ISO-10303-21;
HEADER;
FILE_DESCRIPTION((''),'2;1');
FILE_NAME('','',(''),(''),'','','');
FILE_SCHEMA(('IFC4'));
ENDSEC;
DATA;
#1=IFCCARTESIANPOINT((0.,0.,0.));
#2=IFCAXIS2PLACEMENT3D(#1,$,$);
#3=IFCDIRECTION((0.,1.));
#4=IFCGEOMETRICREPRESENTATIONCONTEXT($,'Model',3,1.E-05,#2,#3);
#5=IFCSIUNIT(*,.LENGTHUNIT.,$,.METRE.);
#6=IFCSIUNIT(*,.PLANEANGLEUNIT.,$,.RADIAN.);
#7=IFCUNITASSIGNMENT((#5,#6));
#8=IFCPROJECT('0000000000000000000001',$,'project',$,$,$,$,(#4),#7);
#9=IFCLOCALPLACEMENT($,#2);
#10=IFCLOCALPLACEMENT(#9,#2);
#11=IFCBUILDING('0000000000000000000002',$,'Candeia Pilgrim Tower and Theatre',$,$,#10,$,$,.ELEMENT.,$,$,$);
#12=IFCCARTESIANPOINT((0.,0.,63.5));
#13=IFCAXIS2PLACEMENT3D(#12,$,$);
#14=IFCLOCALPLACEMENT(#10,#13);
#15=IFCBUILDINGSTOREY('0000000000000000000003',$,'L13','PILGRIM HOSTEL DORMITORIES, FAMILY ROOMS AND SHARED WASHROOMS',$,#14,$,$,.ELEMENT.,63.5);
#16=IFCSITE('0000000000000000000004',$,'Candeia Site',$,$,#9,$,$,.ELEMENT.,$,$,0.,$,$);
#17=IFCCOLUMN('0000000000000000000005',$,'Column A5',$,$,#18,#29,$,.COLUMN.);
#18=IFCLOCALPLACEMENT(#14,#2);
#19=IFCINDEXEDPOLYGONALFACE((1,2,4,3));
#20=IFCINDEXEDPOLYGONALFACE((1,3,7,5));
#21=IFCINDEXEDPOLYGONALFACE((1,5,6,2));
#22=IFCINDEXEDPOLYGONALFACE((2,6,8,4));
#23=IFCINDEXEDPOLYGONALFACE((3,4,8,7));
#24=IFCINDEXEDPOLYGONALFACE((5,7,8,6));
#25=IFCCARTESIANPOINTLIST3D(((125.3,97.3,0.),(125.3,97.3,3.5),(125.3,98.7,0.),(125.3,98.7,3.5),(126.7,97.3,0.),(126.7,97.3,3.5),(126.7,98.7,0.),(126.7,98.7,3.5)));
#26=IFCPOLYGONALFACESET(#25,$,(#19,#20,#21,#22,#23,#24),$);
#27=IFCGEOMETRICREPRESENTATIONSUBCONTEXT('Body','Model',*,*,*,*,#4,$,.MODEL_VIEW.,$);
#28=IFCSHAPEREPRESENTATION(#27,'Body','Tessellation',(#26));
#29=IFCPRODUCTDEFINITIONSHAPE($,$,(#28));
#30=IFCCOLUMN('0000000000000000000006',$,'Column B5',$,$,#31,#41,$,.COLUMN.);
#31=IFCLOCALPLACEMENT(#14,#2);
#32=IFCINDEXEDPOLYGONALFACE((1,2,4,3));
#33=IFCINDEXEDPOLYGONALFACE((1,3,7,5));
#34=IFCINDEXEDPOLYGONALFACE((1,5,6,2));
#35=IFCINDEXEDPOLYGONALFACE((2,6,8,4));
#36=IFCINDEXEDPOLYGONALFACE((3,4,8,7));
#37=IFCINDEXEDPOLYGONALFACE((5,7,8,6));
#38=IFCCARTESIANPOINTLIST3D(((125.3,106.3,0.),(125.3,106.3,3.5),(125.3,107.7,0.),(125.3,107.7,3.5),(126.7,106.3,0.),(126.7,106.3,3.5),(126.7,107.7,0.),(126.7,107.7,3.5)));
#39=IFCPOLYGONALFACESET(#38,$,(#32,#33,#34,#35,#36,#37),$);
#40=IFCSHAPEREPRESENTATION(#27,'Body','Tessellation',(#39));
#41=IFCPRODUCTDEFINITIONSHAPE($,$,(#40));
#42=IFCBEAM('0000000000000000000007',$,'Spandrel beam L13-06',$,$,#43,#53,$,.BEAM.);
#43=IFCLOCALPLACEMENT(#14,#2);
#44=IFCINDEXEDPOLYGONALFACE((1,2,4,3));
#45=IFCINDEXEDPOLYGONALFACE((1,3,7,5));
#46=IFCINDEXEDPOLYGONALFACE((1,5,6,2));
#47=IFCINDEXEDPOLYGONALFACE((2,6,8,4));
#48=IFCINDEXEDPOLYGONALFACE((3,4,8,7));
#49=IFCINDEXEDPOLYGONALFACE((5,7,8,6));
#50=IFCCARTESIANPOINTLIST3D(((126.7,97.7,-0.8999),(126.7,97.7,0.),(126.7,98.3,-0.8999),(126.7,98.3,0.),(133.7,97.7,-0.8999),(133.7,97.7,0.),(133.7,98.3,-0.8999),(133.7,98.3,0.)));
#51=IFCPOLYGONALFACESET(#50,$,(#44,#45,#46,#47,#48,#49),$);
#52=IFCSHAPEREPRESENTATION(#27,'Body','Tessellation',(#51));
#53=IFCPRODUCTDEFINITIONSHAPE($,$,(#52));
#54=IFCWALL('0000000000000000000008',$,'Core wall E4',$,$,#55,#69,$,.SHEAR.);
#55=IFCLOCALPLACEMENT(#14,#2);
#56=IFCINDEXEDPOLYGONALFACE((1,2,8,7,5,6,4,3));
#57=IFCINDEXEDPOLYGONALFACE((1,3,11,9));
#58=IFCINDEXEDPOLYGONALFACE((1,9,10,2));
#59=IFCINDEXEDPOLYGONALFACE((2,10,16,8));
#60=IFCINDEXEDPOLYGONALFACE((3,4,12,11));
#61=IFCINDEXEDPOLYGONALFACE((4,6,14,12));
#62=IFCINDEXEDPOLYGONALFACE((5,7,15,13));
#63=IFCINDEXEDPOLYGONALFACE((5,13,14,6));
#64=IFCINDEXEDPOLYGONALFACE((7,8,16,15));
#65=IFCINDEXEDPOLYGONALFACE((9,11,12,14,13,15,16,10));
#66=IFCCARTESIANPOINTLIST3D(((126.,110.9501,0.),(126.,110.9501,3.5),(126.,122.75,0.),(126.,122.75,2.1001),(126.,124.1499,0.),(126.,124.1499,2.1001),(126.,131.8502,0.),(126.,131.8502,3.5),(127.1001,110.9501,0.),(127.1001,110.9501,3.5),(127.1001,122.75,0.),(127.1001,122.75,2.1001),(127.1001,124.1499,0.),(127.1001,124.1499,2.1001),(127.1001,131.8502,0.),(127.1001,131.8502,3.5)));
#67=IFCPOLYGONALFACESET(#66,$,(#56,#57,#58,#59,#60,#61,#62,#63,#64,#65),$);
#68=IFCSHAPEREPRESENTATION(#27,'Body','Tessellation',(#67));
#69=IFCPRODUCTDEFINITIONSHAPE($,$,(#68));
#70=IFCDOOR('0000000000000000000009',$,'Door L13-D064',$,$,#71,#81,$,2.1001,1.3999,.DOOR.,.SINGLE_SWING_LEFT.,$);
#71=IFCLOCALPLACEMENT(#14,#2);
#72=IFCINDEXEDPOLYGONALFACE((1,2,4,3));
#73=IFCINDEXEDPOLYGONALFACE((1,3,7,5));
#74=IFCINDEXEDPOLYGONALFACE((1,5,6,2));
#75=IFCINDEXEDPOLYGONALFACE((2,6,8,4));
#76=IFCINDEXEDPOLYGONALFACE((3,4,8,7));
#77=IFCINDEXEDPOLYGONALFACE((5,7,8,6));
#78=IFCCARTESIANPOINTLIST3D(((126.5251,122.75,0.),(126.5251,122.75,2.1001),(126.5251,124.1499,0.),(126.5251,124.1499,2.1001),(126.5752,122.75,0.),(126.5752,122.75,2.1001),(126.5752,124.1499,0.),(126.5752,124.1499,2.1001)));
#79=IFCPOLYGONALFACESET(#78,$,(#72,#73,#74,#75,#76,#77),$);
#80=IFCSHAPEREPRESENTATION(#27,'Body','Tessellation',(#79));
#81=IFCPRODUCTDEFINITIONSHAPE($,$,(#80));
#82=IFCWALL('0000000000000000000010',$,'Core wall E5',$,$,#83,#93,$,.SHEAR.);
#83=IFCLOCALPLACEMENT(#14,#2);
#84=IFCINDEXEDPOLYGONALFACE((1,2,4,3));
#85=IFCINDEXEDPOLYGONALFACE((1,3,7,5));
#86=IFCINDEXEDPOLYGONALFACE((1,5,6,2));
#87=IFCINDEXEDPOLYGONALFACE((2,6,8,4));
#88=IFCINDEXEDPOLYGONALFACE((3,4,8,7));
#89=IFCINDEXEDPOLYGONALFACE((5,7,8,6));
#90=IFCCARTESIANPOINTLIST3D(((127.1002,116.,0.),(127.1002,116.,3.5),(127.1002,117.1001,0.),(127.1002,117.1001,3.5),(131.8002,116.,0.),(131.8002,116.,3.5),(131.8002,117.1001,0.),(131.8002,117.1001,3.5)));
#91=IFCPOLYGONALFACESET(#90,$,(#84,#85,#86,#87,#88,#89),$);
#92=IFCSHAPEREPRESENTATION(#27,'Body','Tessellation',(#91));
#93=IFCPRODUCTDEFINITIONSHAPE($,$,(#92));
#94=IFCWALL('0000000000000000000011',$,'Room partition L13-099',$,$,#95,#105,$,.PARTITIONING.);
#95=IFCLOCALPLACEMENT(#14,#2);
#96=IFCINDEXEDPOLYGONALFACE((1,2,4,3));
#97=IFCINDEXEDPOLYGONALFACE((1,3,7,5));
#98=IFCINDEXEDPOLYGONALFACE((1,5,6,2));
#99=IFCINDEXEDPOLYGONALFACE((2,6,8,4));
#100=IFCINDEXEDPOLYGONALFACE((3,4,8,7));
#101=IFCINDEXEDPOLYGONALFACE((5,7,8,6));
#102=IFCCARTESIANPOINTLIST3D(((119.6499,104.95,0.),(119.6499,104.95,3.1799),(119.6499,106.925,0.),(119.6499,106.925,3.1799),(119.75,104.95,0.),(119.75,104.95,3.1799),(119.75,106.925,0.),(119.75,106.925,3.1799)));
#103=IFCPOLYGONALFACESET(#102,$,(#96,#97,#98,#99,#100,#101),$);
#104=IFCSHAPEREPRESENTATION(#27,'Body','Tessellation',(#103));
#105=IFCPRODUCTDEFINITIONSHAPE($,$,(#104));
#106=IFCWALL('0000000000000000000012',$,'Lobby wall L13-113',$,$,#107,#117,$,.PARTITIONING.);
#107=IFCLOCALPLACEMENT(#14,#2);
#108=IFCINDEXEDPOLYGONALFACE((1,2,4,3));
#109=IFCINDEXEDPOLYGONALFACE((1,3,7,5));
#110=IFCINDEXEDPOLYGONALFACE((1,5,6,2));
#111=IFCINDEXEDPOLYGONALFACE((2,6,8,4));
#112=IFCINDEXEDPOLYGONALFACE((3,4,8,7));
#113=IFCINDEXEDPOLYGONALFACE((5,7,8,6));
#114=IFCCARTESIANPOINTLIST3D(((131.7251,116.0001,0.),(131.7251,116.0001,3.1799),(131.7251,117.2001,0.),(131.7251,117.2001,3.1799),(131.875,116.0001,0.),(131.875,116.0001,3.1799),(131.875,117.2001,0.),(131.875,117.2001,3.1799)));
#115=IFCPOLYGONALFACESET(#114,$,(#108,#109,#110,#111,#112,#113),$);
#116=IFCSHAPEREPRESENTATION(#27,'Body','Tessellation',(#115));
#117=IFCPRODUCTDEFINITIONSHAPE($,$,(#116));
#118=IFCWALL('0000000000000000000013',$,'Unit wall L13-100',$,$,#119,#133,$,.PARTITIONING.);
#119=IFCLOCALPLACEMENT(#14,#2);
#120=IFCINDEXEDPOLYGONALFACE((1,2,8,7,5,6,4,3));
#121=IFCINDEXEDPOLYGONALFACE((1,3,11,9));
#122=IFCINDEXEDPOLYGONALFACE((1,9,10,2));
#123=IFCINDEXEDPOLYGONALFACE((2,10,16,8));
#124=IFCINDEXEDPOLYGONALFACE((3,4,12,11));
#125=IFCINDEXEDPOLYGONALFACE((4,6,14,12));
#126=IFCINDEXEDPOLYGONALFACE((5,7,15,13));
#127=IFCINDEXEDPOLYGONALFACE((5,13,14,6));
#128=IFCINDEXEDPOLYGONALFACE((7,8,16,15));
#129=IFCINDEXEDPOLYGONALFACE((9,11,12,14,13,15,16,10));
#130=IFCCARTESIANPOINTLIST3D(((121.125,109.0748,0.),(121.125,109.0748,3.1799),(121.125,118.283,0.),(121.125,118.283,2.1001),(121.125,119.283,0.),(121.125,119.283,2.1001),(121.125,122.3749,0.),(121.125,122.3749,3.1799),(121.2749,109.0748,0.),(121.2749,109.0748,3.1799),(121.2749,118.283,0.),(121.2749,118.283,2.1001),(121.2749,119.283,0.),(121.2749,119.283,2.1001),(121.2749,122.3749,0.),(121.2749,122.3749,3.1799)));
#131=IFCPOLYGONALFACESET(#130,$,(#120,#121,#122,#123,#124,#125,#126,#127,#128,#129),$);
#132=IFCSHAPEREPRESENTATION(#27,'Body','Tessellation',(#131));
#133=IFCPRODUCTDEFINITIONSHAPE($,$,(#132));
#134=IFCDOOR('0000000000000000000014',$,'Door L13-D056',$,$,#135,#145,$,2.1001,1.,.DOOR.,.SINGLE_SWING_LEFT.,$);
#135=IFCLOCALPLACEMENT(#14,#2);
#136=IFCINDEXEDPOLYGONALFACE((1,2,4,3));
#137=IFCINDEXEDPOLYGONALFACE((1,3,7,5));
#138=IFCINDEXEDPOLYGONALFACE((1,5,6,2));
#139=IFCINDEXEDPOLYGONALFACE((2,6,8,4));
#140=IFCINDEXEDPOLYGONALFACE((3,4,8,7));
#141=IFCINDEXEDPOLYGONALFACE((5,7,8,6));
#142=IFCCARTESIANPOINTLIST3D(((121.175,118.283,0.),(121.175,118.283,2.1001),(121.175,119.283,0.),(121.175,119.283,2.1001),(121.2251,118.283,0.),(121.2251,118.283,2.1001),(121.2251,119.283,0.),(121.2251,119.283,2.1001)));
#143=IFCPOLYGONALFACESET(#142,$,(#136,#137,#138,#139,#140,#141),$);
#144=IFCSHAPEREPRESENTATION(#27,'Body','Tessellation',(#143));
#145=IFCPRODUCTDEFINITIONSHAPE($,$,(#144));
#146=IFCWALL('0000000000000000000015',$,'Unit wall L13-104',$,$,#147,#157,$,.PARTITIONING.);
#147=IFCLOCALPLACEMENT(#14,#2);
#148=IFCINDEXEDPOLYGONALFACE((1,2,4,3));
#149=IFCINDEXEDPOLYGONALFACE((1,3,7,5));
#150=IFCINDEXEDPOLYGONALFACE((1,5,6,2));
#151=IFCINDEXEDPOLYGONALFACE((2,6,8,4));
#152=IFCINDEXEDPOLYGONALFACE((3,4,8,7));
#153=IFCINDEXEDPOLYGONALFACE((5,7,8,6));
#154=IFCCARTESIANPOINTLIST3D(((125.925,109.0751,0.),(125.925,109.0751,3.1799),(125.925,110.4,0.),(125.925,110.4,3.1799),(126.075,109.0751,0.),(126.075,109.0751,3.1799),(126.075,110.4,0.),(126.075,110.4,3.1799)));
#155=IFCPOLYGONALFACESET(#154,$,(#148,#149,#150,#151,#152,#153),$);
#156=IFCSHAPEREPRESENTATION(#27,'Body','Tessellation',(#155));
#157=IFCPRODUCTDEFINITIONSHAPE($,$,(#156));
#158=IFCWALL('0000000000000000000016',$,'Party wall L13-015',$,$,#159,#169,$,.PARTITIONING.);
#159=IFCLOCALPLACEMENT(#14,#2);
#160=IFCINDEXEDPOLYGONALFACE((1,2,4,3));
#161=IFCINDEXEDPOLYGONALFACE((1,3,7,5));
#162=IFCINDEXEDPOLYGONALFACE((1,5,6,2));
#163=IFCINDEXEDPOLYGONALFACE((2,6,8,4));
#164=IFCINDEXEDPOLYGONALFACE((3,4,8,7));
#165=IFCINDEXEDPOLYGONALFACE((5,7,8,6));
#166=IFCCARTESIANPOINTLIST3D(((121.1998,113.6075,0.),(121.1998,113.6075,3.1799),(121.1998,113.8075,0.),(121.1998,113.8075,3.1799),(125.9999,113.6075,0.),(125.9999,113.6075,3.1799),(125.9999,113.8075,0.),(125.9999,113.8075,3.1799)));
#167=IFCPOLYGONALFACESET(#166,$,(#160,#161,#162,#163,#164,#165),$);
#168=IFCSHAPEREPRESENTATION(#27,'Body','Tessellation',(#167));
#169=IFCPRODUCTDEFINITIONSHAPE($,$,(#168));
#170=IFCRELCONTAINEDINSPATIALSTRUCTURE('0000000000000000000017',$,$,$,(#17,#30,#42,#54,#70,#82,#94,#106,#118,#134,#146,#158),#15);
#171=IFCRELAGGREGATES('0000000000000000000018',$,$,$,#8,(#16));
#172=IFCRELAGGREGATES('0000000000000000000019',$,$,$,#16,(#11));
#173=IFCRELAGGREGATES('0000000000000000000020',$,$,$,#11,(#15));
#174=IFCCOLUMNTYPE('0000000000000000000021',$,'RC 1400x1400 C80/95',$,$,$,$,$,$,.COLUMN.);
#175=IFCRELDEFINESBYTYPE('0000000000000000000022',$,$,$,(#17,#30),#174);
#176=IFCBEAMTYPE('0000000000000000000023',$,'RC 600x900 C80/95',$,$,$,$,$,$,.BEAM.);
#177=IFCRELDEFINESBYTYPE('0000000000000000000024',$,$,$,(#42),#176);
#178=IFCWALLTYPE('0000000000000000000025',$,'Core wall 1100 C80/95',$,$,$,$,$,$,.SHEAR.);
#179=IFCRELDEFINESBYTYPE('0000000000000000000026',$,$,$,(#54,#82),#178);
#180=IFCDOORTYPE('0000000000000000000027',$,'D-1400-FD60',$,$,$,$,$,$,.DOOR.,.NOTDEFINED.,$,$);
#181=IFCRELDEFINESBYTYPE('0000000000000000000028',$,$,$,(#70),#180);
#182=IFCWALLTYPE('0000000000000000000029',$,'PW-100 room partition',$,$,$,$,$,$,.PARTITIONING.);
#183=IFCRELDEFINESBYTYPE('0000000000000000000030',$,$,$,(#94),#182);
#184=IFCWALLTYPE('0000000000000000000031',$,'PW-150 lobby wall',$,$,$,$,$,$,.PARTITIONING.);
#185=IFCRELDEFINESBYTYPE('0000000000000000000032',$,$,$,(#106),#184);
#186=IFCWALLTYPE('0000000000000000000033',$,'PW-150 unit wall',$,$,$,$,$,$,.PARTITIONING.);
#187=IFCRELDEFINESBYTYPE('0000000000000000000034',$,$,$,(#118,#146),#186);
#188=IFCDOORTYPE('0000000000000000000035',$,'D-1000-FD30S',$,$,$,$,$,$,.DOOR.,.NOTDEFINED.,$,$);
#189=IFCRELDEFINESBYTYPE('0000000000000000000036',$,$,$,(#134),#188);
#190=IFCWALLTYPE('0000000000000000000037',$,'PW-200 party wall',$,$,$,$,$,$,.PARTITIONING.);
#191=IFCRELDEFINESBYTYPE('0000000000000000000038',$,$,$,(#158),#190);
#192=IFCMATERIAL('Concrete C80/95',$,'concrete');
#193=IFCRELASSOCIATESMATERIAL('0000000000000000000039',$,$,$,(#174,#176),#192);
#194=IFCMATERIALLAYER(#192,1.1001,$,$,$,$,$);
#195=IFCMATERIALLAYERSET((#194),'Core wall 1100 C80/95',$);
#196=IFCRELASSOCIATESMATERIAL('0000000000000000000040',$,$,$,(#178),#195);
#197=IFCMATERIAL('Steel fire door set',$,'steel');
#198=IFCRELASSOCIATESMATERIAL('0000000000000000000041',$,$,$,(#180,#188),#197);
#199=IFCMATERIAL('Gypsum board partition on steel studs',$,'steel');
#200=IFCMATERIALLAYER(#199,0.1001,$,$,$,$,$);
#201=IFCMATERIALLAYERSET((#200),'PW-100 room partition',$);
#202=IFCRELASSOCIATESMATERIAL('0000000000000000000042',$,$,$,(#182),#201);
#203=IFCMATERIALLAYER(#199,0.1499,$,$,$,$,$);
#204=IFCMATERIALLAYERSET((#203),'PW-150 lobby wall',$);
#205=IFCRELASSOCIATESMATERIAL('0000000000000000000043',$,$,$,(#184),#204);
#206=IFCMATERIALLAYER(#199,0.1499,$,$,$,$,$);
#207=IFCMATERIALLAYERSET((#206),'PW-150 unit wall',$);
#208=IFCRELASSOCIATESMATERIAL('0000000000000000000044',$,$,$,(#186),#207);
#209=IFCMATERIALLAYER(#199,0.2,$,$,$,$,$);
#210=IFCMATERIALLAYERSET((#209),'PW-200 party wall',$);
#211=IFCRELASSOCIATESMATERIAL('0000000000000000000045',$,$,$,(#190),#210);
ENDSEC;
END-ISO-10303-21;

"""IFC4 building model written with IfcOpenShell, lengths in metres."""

from ifc_helpers import new_model, si_unit, direction, frame, frame_2d, origin, origin_2d, place, context, subcontext, project, spatial, rectangle, extrude, material, layer, layer_set, material_profile, profile_set, type_object, element, fill, save


model = new_model("IFC4")

# Units and contexts
model_context = context("Model", 3, precision=1e-05, world=origin(), true_north=direction((0.0, 1.0)))
body_context = subcontext(model_context, "Body", "Model", "MODEL_VIEW")
ifc_project = project(units=[si_unit("LENGTHUNIT", "METRE"), si_unit("PLANEANGLEUNIT", "RADIAN")], contexts=[model_context])

# Site, building, storey
site_placement = place(None, origin())
site = spatial("IfcSite", under=ifc_project, at=site_placement, Name="Candeia Site", CompositionType="ELEMENT", RefElevation=0.0)
building_placement = place(site_placement, origin())
building = spatial("IfcBuilding", under=site, at=building_placement, Name="Candeia Pilgrim Tower and Theatre", CompositionType="ELEMENT")
storey_placement = place(building_placement, frame((0.0, 0.0, 63.5)))
storey = spatial("IfcBuildingStorey", under=building, at=storey_placement, Name="L13", Description="PILGRIM HOSTEL DORMITORIES, FAMILY ROOMS AND SHARED WASHROOMS", CompositionType="ELEMENT", Elevation=63.5)

# Columns
ifc_material_1 = material(Name="Concrete C80/95", Category="concrete")
ifc_material_profile_1 = material_profile(ifc_material_1, rectangle(XDim=1.3999, YDim=1.3999, at=origin_2d()))
ifc_profile_set_1 = profile_set([ifc_material_profile_1], Name="Concrete C80/95")
column_type = type_object("IfcColumnType", Name="RC 1400x1400 C80/95", PredefinedType="COLUMN", material=ifc_profile_set_1)
for number, where, z_axis, x_axis, name in (
    (1, (126.0, 98.0, 0.0), (0.0, 0.0, 1.0), (1.0, 0.0, 0.0), "Column A5"),
    (2, (126.0, 107.0, 0.0), (0.0, 0.0, 1.0), (1.0, 0.0, 0.0), "Column B5"),
):
    element("IfcColumn", number, at=place(storey_placement, frame(where, z_axis=z_axis, x_axis=x_axis)), inside=storey, type_object=column_type, Name=name, PredefinedType="COLUMN", context=body_context, shape_type="SweptSolid", body=[
        extrude(rectangle(XDim=1.3999, YDim=1.3999, at=origin_2d()), origin(), (0.0, 0.0, 1.0), 3.5),
    ])

# Beam
ifc_material_profile_2 = material_profile(ifc_material_1, rectangle(XDim=0.6001, YDim=0.8999, at=origin_2d()))
ifc_profile_set_2 = profile_set([ifc_material_profile_2], Name="Concrete C80/95")
beam_type = type_object("IfcBeamType", Name="RC 600x900 C80/95", PredefinedType="BEAM", material=ifc_profile_set_2)
beam_placement = place(storey_placement, frame((126.7, 98.0, -0.45), z_axis=(1.0, 0.0, 0.0), x_axis=(0.0, 1.0, 0.0)))
element("IfcBeam", 3, at=beam_placement, inside=storey, type_object=beam_type, Name="Spandrel beam L13-06", PredefinedType="BEAM", context=body_context, shape_type="SweptSolid", body=[
    extrude(rectangle(XDim=0.6001, YDim=0.8999, at=origin_2d()), origin(), (0.0, 0.0, 1.0), 7.0),
])

# Wall, opening, door
ifc_layer_1 = layer(ifc_material_1, 1.1001)
ifc_layer_set_1 = layer_set([ifc_layer_1], Name="Core wall 1100 C80/95")
wall_type_1 = type_object("IfcWallType", Name="Core wall 1100 C80/95", PredefinedType="SHEAR", material=ifc_layer_set_1)
wall_1_placement = place(storey_placement, frame((126.55, 110.95, 0.0), z_axis=(0.0, 0.0, 1.0), x_axis=(0.0, 1.0, 0.0)))
wall_1 = element("IfcWall", 4, at=wall_1_placement, inside=storey, type_object=wall_type_1, Name="Core wall E4", PredefinedType="SHEAR", context=body_context, shape_type="SweptSolid", body=[
    extrude(rectangle(XDim=20.9001, YDim=1.1001, at=frame_2d((10.4502, 0.0))), origin(), (0.0, 0.0, 1.0), 3.5),
])
opening_1_placement = place(wall_1_placement, frame((11.8, 0.0, 0.0)))
opening_1 = element("IfcOpeningElement", 5, at=opening_1_placement, cuts=wall_1, PredefinedType="OPENING", context=body_context, shape_type="SweptSolid", body=[
    extrude(rectangle(XDim=1.3999, YDim=2.1001, at=frame_2d((0.7, 1.05))), frame((0.0, 0.5601, 0.0), z_axis=(0.0, -1.0, 0.0), x_axis=(1.0, 0.0, 0.0)), (0.0, 0.0, 1.0), 1.1201),
])
ifc_material_2 = material(Name="Steel fire door set", Category="steel")
door_type_1 = type_object("IfcDoorType", Name="D-1400-FD60", OperationType="NOTDEFINED", PredefinedType="DOOR", material=ifc_material_2)
door_1_placement = place(opening_1_placement, origin())
door_1 = element("IfcDoor", 6, at=door_1_placement, inside=storey, type_object=door_type_1, Name="Door L13-D064", OperationType="SINGLE_SWING_LEFT", OverallHeight=2.1001, OverallWidth=1.3999, PredefinedType="DOOR", context=body_context, shape_type="SweptSolid", body=[
    extrude(rectangle(XDim=1.3999, YDim=2.1001, at=frame_2d((0.7, 1.05))), frame((0.0, 0.0249, 0.0), z_axis=(0.0, -1.0, 0.0), x_axis=(1.0, 0.0, 0.0)), (0.0, 0.0, 1.0), 0.05),
])
fill(opening_1, door_1)

# Walls
wall_2_placement = place(storey_placement, frame((127.1001, 116.55, 0.0), z_axis=(0.0, 0.0, 1.0), x_axis=(1.0, 0.0, 0.0)))
element("IfcWall", 7, at=wall_2_placement, inside=storey, type_object=wall_type_1, Name="Core wall E5", PredefinedType="SHEAR", context=body_context, shape_type="SweptSolid", body=[
    extrude(rectangle(XDim=4.7, YDim=1.1001, at=frame_2d((2.3501, 0.0))), origin(), (0.0, 0.0, 1.0), 3.5),
])
ifc_material_3 = material(Name="Gypsum board partition on steel studs", Category="steel")
ifc_layer_2 = layer(ifc_material_3, 0.1001)
ifc_layer_set_2 = layer_set([ifc_layer_2], Name="PW-100 room partition")
wall_type_2 = type_object("IfcWallType", Name="PW-100 room partition", PredefinedType="PARTITIONING", material=ifc_layer_set_2)
wall_3_placement = place(storey_placement, frame((119.7, 104.95, 0.0), z_axis=(0.0, 0.0, 1.0), x_axis=(0.0, 1.0, 0.0)))
element("IfcWall", 8, at=wall_3_placement, inside=storey, type_object=wall_type_2, Name="Room partition L13-099", PredefinedType="PARTITIONING", context=body_context, shape_type="SweptSolid", body=[
    extrude(rectangle(XDim=1.9751, YDim=0.1001, at=frame_2d((0.9875, 0.0))), origin(), (0.0, 0.0, 1.0), 3.1799),
])
ifc_layer_3 = layer(ifc_material_3, 0.1499)
ifc_layer_set_3 = layer_set([ifc_layer_3], Name="PW-150 lobby wall")
wall_type_3 = type_object("IfcWallType", Name="PW-150 lobby wall", PredefinedType="PARTITIONING", material=ifc_layer_set_3)
wall_4_placement = place(storey_placement, frame((131.8, 116.0, 0.0), z_axis=(0.0, 0.0, 1.0), x_axis=(0.0, 1.0, 0.0)))
element("IfcWall", 9, at=wall_4_placement, inside=storey, type_object=wall_type_3, Name="Lobby wall L13-113", PredefinedType="PARTITIONING", context=body_context, shape_type="SweptSolid", body=[
    extrude(rectangle(XDim=1.2, YDim=0.1499, at=frame_2d((0.6001, 0.0))), origin(), (0.0, 0.0, 1.0), 3.1799),
])

# Wall, opening, door
ifc_layer_4 = layer(ifc_material_3, 0.1499)
ifc_layer_set_4 = layer_set([ifc_layer_4], Name="PW-150 unit wall")
wall_type_4 = type_object("IfcWallType", Name="PW-150 unit wall", PredefinedType="PARTITIONING", material=ifc_layer_set_4)
wall_5_placement = place(storey_placement, frame((121.2, 109.075, 0.0), z_axis=(0.0, 0.0, 1.0), x_axis=(0.0, 1.0, 0.0)))
wall_5 = element("IfcWall", 10, at=wall_5_placement, inside=storey, type_object=wall_type_4, Name="Unit wall L13-100", PredefinedType="PARTITIONING", context=body_context, shape_type="SweptSolid", body=[
    extrude(rectangle(XDim=13.3, YDim=0.1499, at=frame_2d((6.6499, 0.0))), origin(), (0.0, 0.0, 1.0), 3.1799),
])
opening_2_placement = place(wall_5_placement, frame((9.208, 0.0, 0.0)))
opening_2 = element("IfcOpeningElement", 11, at=opening_2_placement, cuts=wall_5, PredefinedType="OPENING", context=body_context, shape_type="SweptSolid", body=[
    extrude(rectangle(XDim=1.0, YDim=2.1001, at=frame_2d((0.5, 1.05))), frame((0.0, 0.085, 0.0), z_axis=(0.0, -1.0, 0.0), x_axis=(1.0, 0.0, 0.0)), (0.0, 0.0, 1.0), 0.1699),
])
door_type_2 = type_object("IfcDoorType", Name="D-1000-FD30S", OperationType="NOTDEFINED", PredefinedType="DOOR", material=ifc_material_2)
door_2_placement = place(opening_2_placement, origin())
door_2 = element("IfcDoor", 12, at=door_2_placement, inside=storey, type_object=door_type_2, Name="Door L13-D056", OperationType="SINGLE_SWING_LEFT", OverallHeight=2.1001, OverallWidth=1.0, PredefinedType="DOOR", context=body_context, shape_type="SweptSolid", body=[
    extrude(rectangle(XDim=1.0, YDim=2.1001, at=frame_2d((0.5, 1.05))), frame((0.0, 0.0249, 0.0), z_axis=(0.0, -1.0, 0.0), x_axis=(1.0, 0.0, 0.0)), (0.0, 0.0, 1.0), 0.05),
])
fill(opening_2, door_2)

# Walls
wall_6_placement = place(storey_placement, frame((126.0, 109.075, 0.0), z_axis=(0.0, 0.0, 1.0), x_axis=(0.0, 1.0, 0.0)))
element("IfcWall", 13, at=wall_6_placement, inside=storey, type_object=wall_type_4, Name="Unit wall L13-104", PredefinedType="PARTITIONING", context=body_context, shape_type="SweptSolid", body=[
    extrude(rectangle(XDim=1.325, YDim=0.1499, at=frame_2d((0.6626, 0.0))), origin(), (0.0, 0.0, 1.0), 3.1799),
])
ifc_layer_5 = layer(ifc_material_3, 0.2)
ifc_layer_set_5 = layer_set([ifc_layer_5], Name="PW-200 party wall")
wall_type_5 = type_object("IfcWallType", Name="PW-200 party wall", PredefinedType="PARTITIONING", material=ifc_layer_set_5)
wall_7_placement = place(storey_placement, frame((121.2, 113.7075, 0.0), z_axis=(0.0, 0.0, 1.0), x_axis=(1.0, 0.0, 0.0)))
element("IfcWall", 14, at=wall_7_placement, inside=storey, type_object=wall_type_5, Name="Party wall L13-015", PredefinedType="PARTITIONING", context=body_context, shape_type="SweptSolid", body=[
    extrude(rectangle(XDim=4.8, YDim=0.2, at=frame_2d((2.3999, 0.0))), origin(), (0.0, 0.0, 1.0), 3.1799),
])

save(model, "model.ifc")
